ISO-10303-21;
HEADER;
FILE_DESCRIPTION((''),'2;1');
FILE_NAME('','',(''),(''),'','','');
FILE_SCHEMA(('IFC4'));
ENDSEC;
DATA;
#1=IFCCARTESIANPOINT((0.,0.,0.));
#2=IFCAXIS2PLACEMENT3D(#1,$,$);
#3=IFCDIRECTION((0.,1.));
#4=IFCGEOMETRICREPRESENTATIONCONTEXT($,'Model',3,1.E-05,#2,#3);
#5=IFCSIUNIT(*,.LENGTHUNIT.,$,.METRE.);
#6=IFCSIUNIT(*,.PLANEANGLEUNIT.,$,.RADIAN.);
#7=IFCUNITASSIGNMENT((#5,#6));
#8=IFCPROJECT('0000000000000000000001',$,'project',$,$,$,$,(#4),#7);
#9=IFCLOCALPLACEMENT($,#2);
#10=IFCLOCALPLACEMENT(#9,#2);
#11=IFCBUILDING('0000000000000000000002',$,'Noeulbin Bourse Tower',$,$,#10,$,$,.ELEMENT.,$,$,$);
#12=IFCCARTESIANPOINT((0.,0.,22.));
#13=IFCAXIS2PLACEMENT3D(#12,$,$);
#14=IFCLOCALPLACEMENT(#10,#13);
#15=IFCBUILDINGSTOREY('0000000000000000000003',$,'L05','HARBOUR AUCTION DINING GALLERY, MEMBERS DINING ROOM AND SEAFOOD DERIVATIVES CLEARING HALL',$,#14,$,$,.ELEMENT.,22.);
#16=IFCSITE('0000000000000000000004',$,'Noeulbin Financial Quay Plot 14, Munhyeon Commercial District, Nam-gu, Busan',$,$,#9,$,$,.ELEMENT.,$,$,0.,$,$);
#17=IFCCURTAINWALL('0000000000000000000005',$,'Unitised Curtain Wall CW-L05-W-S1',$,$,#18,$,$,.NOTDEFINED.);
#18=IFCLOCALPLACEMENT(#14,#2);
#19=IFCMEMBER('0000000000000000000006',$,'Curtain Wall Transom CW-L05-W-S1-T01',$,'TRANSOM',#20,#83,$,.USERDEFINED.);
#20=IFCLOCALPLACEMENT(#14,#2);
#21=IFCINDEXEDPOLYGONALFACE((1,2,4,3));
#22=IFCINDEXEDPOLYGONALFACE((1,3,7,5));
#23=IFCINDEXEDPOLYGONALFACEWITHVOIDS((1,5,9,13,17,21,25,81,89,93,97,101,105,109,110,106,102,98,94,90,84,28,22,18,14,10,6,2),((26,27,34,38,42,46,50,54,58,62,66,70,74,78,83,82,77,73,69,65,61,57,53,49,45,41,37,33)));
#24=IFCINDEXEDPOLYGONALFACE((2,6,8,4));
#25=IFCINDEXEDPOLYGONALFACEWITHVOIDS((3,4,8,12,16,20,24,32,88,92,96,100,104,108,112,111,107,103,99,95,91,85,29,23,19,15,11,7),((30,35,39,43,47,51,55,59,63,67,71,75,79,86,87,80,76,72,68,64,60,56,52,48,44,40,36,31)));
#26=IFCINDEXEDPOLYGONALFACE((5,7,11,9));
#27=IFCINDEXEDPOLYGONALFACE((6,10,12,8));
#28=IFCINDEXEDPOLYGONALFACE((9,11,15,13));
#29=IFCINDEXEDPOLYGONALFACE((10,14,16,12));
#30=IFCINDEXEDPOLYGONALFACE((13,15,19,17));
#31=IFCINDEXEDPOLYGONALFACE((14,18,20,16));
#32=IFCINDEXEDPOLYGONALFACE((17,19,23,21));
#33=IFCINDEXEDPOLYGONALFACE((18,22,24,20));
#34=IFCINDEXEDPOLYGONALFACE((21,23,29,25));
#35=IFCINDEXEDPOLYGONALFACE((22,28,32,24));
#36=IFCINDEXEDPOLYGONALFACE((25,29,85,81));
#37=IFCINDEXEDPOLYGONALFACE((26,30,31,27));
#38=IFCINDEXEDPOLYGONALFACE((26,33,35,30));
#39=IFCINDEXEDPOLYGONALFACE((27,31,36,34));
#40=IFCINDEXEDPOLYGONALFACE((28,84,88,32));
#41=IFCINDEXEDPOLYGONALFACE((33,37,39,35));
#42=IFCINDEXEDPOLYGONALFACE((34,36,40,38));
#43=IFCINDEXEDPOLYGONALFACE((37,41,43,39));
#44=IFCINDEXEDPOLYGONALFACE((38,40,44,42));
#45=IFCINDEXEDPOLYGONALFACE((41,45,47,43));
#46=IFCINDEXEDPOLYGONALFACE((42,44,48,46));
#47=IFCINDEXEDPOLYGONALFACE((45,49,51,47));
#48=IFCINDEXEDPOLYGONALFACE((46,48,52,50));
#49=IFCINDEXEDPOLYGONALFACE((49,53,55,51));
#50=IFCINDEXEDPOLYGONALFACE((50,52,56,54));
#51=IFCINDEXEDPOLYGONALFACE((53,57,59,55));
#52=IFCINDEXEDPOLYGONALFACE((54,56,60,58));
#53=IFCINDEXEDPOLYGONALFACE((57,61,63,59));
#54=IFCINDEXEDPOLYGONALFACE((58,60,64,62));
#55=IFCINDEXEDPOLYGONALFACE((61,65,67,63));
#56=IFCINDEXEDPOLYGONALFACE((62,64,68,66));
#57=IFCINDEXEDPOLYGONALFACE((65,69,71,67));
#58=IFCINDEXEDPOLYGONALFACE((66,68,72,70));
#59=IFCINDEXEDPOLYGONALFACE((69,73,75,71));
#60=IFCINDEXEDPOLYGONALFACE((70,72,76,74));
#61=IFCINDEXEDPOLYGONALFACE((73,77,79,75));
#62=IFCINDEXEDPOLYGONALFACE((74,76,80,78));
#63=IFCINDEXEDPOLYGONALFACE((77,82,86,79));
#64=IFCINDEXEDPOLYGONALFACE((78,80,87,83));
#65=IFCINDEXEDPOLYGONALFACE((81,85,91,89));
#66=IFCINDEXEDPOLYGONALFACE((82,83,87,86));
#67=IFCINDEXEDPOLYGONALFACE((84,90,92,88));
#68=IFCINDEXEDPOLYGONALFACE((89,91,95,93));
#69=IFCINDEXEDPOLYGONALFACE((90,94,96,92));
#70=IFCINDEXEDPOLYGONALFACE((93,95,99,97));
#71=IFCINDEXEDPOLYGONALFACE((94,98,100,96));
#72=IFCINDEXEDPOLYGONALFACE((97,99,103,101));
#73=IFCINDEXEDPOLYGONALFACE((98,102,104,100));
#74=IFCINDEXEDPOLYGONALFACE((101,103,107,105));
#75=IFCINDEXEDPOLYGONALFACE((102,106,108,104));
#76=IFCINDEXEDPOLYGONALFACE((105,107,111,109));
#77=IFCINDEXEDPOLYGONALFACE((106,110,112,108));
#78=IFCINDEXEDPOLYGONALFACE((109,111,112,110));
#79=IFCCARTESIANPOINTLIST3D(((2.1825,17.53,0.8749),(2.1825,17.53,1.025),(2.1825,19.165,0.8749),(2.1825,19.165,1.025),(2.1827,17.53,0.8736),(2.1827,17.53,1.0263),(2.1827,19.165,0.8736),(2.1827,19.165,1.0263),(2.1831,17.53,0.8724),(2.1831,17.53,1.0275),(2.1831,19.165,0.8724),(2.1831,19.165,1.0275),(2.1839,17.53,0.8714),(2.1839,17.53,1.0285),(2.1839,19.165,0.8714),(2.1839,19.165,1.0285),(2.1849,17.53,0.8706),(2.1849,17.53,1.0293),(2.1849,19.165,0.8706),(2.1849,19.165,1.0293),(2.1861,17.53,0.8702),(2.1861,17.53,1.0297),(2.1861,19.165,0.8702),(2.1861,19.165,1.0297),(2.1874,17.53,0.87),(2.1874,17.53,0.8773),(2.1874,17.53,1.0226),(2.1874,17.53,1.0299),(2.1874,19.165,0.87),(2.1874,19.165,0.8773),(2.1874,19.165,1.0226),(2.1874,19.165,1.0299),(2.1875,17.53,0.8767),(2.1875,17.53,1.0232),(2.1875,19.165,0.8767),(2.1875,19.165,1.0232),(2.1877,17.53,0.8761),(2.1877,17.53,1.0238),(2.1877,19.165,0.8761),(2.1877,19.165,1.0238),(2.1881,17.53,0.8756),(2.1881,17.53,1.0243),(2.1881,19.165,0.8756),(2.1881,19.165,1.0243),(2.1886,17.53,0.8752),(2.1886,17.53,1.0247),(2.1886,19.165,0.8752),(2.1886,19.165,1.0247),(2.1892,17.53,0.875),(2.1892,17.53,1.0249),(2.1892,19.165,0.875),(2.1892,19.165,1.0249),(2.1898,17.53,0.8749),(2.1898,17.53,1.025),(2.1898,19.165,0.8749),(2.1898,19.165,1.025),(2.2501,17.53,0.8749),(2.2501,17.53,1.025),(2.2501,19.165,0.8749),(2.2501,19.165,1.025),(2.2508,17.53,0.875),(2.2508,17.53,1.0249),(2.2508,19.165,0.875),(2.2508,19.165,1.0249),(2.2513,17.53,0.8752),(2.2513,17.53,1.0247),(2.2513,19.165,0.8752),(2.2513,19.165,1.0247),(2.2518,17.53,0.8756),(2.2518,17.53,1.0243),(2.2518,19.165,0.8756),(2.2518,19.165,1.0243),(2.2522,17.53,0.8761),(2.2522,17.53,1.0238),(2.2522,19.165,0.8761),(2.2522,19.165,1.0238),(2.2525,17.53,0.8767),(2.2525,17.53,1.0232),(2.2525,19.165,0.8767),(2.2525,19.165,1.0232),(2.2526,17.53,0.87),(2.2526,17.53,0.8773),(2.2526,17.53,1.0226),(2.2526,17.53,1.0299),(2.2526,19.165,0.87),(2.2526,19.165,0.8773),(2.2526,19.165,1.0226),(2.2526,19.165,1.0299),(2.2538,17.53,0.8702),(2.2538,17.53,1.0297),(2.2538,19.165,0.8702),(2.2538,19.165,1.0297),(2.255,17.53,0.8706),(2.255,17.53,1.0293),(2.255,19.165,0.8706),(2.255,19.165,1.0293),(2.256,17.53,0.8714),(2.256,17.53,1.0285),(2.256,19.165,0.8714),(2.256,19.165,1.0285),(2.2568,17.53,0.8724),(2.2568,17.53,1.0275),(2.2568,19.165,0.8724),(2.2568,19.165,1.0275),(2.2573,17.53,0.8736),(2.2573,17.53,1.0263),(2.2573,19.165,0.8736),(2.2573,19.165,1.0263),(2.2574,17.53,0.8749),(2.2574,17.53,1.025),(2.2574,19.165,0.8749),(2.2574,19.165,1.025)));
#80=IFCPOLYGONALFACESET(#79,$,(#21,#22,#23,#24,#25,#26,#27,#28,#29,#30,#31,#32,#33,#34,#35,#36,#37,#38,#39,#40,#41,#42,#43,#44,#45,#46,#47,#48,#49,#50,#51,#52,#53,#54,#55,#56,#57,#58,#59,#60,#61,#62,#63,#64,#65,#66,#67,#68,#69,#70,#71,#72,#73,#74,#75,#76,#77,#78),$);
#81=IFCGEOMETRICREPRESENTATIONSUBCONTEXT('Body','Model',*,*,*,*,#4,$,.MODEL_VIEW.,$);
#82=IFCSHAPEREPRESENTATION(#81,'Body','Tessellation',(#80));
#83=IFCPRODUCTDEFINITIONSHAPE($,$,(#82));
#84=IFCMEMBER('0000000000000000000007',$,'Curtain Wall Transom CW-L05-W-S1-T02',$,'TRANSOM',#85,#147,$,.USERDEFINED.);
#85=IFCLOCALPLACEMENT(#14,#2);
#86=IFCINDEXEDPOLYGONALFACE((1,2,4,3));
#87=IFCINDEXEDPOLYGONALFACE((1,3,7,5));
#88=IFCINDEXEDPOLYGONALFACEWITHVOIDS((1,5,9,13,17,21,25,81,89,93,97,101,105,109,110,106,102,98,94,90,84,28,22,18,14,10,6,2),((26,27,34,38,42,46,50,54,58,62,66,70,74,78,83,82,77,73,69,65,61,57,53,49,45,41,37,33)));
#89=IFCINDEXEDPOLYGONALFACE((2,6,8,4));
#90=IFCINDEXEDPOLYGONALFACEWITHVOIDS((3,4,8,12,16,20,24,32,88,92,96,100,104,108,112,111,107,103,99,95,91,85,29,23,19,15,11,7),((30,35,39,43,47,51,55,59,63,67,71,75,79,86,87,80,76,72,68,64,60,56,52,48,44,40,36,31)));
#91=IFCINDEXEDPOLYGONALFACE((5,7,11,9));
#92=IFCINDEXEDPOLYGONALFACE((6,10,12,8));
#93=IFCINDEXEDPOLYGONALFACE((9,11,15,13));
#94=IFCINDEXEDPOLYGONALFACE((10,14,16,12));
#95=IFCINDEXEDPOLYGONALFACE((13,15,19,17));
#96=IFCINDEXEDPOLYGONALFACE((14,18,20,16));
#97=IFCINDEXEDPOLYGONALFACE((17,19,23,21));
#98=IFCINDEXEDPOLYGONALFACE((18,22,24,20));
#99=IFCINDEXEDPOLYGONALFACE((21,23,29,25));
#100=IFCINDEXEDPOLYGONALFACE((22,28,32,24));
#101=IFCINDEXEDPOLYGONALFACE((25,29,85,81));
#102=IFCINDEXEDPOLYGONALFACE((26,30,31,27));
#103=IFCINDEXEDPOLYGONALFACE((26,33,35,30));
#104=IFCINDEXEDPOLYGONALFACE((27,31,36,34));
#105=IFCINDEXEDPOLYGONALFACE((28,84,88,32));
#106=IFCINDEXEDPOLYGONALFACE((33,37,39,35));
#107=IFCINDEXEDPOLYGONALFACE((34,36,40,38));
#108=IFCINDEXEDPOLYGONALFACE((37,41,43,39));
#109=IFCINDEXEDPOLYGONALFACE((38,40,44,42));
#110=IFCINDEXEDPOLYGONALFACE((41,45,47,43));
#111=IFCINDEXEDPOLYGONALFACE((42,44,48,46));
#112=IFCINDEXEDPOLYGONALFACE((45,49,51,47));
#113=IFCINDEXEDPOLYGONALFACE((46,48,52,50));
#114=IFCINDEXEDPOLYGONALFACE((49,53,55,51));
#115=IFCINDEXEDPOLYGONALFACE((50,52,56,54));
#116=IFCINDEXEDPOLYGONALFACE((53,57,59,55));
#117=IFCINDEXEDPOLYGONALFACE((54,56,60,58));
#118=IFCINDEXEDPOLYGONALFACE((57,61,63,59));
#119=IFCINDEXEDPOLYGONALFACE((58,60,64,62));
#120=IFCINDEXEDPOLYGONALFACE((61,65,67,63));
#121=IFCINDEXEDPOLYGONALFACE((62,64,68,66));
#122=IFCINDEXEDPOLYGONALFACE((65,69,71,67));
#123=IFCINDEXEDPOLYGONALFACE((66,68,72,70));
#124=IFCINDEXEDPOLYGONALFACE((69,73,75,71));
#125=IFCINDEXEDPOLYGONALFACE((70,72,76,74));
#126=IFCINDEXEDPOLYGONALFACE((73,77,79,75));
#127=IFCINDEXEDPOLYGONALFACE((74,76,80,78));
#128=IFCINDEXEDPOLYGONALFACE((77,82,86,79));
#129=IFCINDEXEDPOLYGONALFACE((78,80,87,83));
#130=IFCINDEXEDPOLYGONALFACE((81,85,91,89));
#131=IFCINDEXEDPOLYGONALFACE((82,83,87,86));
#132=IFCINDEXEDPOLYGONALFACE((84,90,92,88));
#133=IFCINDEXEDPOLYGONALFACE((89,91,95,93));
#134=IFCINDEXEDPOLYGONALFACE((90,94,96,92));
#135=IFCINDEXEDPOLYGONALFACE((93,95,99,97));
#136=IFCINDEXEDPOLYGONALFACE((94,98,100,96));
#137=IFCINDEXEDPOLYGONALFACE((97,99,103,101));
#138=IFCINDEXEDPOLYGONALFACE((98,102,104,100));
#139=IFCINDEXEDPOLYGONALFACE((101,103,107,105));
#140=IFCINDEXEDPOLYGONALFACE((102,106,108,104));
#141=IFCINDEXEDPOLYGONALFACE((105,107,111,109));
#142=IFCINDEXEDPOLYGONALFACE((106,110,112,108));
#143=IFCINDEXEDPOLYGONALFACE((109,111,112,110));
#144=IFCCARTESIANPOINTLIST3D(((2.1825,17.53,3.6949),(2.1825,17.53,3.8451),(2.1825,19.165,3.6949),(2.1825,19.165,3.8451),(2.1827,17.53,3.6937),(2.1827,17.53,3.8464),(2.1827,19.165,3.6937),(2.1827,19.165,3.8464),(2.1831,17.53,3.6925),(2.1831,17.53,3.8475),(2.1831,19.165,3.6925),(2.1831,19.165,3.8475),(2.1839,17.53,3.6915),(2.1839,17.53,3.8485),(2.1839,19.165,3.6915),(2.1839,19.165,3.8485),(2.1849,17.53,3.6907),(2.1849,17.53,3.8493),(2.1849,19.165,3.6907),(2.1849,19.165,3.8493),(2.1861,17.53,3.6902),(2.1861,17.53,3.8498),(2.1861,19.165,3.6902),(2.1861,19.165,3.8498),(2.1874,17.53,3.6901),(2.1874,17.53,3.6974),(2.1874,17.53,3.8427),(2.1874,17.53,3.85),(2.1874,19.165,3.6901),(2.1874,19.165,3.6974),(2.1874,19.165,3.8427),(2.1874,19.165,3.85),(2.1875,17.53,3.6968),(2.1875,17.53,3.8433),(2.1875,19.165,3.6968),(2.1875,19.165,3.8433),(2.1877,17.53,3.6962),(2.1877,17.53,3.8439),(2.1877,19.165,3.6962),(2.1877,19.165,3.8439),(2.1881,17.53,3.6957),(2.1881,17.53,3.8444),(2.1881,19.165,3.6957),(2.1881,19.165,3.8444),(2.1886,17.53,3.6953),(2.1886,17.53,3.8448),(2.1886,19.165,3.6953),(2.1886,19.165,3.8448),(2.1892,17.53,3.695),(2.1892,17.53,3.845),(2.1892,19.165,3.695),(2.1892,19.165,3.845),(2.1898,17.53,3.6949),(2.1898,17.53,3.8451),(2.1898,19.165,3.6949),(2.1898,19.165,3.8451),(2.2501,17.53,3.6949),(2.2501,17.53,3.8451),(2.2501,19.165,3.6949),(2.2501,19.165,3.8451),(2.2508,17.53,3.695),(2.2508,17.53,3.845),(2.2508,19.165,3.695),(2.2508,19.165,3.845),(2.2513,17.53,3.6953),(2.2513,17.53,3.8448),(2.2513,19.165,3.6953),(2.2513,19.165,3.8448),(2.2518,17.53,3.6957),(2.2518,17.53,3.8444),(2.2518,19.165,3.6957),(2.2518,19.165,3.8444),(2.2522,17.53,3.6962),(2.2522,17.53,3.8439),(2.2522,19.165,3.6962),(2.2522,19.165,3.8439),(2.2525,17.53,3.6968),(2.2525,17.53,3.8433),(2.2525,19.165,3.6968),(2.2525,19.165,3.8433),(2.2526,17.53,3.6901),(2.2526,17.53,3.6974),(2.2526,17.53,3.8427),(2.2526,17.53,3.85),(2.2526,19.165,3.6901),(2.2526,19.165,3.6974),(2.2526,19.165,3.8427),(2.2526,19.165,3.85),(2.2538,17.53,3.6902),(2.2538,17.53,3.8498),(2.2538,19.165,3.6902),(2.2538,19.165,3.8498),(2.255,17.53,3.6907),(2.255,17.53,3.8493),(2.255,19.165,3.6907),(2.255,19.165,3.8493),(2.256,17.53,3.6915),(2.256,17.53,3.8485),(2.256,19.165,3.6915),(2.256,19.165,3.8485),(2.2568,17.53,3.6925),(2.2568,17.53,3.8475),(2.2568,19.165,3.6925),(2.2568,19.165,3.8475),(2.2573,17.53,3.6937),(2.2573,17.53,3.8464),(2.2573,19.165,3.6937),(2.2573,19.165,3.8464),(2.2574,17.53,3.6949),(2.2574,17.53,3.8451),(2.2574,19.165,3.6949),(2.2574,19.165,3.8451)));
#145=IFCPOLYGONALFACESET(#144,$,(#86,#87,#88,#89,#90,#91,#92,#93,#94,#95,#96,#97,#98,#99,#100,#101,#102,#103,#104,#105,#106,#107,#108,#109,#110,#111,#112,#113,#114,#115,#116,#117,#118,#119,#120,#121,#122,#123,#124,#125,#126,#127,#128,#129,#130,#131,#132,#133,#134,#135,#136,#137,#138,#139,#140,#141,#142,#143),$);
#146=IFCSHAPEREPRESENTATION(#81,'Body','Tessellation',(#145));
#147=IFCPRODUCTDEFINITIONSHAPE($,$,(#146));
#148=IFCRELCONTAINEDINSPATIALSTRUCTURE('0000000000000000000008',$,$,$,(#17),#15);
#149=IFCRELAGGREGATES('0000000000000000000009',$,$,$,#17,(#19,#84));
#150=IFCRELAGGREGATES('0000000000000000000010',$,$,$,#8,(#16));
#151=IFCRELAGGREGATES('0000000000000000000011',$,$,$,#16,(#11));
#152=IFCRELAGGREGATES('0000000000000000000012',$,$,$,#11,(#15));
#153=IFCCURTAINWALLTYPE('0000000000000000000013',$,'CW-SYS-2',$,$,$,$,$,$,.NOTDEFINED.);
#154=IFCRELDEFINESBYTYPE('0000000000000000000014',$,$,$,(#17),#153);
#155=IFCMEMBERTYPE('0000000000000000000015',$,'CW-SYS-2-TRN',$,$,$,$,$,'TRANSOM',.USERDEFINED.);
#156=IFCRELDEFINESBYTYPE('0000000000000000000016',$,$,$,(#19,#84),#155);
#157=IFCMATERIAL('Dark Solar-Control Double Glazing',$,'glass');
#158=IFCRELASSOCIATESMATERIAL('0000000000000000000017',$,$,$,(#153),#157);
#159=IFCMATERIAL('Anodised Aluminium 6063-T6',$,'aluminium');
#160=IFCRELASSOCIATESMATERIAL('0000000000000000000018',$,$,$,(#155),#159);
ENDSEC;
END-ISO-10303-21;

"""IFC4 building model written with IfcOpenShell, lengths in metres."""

from ifc_helpers import new_model, si_unit, direction, frame, origin, origin_2d, place, context, subcontext, project, spatial, hollow_rectangle, extrude, material, material_profile, profile_set, type_object, element, aggregate, save


model = new_model("IFC4")

# Units and contexts
model_context = context("Model", 3, precision=1e-05, world=origin(), true_north=direction((0.0, 1.0)))
body_context = subcontext(model_context, "Body", "Model", "MODEL_VIEW")
ifc_project = project(units=[si_unit("LENGTHUNIT", "METRE"), si_unit("PLANEANGLEUNIT", "RADIAN")], contexts=[model_context])

# Site, building, storey
site_placement = place(None, origin())
site = spatial("IfcSite", under=ifc_project, at=site_placement, Name="Noeulbin Financial Quay Plot 14, Munhyeon Commercial District, Nam-gu, Busan", CompositionType="ELEMENT", RefElevation=0.0)
building_placement = place(site_placement, origin())
building = spatial("IfcBuilding", under=site, at=building_placement, Name="Noeulbin Bourse Tower", CompositionType="ELEMENT")
storey_placement = place(building_placement, frame((0.0, 0.0, 22.0)))
storey = spatial("IfcBuildingStorey", under=building, at=storey_placement, Name="L05", Description="HARBOUR AUCTION DINING GALLERY, MEMBERS DINING ROOM AND SEAFOOD DERIVATIVES CLEARING HALL", CompositionType="ELEMENT", Elevation=22.0)

# Curtain wall
ifc_material_1 = material(Name="Dark Solar-Control Double Glazing", Category="glass")
curtain_wall_type = type_object("IfcCurtainWallType", Name="CW-SYS-2", PredefinedType="NOTDEFINED", material=ifc_material_1)
curtain_wall_1_placement = place(storey_placement, origin())
curtain_wall_1 = element("IfcCurtainWall", 1, at=curtain_wall_1_placement, inside=storey, type_object=curtain_wall_type, Name="Unitised Curtain Wall CW-L05-W-S1", PredefinedType="NOTDEFINED")
ifc_material_2 = material(Name="Anodised Aluminium 6063-T6", Category="aluminium")

# Members
ifc_material_profile_1 = material_profile(ifc_material_2, hollow_rectangle(XDim=0.075, YDim=0.1599, WallThickness=0.0049, InnerFilletRadius=0.0024, OuterFilletRadius=0.0049, at=origin_2d()), Name="ALU-TRAN-75x160x5", Category="LoadBearing")
ifc_profile_set_1 = profile_set([ifc_material_profile_1], Name="Anodised Aluminium 6063-T6")
member_type_1 = type_object("IfcMemberType", Name="CW-SYS-2-TRN", ElementType="TRANSOM", PredefinedType="USERDEFINED", material=ifc_profile_set_1)
member_1_placement = place(storey_placement, frame((2.22, 17.53, 0.95), z_axis=(0.0, 1.0, 0.0), x_axis=(-1.0, 0.0, 0.0)))
member_1 = element("IfcMember", 2, at=member_1_placement, type_object=member_type_1, Name="Curtain Wall Transom CW-L05-W-S1-T01", ObjectType="TRANSOM", PredefinedType="USERDEFINED", context=body_context, shape_type="SweptSolid", body=[
    extrude(hollow_rectangle(XDim=0.075, YDim=0.1599, WallThickness=0.0049, InnerFilletRadius=0.0024, OuterFilletRadius=0.0049, at=origin_2d()), origin(), (0.0, 0.0, 1.0), 1.635),
])
member_2_placement = place(storey_placement, frame((2.22, 17.53, 3.77), z_axis=(0.0, 1.0, 0.0), x_axis=(-1.0, 0.0, 0.0)))
member_2 = element("IfcMember", 3, at=member_2_placement, type_object=member_type_1, Name="Curtain Wall Transom CW-L05-W-S1-T02", ObjectType="TRANSOM", PredefinedType="USERDEFINED", context=body_context, shape_type="SweptSolid", body=[
    extrude(hollow_rectangle(XDim=0.075, YDim=0.1599, WallThickness=0.0049, InnerFilletRadius=0.0024, OuterFilletRadius=0.0049, at=origin_2d()), origin(), (0.0, 0.0, 1.0), 1.635),
])

aggregate(curtain_wall_1, [member_1, member_2])

save(model, "model.ifc")
